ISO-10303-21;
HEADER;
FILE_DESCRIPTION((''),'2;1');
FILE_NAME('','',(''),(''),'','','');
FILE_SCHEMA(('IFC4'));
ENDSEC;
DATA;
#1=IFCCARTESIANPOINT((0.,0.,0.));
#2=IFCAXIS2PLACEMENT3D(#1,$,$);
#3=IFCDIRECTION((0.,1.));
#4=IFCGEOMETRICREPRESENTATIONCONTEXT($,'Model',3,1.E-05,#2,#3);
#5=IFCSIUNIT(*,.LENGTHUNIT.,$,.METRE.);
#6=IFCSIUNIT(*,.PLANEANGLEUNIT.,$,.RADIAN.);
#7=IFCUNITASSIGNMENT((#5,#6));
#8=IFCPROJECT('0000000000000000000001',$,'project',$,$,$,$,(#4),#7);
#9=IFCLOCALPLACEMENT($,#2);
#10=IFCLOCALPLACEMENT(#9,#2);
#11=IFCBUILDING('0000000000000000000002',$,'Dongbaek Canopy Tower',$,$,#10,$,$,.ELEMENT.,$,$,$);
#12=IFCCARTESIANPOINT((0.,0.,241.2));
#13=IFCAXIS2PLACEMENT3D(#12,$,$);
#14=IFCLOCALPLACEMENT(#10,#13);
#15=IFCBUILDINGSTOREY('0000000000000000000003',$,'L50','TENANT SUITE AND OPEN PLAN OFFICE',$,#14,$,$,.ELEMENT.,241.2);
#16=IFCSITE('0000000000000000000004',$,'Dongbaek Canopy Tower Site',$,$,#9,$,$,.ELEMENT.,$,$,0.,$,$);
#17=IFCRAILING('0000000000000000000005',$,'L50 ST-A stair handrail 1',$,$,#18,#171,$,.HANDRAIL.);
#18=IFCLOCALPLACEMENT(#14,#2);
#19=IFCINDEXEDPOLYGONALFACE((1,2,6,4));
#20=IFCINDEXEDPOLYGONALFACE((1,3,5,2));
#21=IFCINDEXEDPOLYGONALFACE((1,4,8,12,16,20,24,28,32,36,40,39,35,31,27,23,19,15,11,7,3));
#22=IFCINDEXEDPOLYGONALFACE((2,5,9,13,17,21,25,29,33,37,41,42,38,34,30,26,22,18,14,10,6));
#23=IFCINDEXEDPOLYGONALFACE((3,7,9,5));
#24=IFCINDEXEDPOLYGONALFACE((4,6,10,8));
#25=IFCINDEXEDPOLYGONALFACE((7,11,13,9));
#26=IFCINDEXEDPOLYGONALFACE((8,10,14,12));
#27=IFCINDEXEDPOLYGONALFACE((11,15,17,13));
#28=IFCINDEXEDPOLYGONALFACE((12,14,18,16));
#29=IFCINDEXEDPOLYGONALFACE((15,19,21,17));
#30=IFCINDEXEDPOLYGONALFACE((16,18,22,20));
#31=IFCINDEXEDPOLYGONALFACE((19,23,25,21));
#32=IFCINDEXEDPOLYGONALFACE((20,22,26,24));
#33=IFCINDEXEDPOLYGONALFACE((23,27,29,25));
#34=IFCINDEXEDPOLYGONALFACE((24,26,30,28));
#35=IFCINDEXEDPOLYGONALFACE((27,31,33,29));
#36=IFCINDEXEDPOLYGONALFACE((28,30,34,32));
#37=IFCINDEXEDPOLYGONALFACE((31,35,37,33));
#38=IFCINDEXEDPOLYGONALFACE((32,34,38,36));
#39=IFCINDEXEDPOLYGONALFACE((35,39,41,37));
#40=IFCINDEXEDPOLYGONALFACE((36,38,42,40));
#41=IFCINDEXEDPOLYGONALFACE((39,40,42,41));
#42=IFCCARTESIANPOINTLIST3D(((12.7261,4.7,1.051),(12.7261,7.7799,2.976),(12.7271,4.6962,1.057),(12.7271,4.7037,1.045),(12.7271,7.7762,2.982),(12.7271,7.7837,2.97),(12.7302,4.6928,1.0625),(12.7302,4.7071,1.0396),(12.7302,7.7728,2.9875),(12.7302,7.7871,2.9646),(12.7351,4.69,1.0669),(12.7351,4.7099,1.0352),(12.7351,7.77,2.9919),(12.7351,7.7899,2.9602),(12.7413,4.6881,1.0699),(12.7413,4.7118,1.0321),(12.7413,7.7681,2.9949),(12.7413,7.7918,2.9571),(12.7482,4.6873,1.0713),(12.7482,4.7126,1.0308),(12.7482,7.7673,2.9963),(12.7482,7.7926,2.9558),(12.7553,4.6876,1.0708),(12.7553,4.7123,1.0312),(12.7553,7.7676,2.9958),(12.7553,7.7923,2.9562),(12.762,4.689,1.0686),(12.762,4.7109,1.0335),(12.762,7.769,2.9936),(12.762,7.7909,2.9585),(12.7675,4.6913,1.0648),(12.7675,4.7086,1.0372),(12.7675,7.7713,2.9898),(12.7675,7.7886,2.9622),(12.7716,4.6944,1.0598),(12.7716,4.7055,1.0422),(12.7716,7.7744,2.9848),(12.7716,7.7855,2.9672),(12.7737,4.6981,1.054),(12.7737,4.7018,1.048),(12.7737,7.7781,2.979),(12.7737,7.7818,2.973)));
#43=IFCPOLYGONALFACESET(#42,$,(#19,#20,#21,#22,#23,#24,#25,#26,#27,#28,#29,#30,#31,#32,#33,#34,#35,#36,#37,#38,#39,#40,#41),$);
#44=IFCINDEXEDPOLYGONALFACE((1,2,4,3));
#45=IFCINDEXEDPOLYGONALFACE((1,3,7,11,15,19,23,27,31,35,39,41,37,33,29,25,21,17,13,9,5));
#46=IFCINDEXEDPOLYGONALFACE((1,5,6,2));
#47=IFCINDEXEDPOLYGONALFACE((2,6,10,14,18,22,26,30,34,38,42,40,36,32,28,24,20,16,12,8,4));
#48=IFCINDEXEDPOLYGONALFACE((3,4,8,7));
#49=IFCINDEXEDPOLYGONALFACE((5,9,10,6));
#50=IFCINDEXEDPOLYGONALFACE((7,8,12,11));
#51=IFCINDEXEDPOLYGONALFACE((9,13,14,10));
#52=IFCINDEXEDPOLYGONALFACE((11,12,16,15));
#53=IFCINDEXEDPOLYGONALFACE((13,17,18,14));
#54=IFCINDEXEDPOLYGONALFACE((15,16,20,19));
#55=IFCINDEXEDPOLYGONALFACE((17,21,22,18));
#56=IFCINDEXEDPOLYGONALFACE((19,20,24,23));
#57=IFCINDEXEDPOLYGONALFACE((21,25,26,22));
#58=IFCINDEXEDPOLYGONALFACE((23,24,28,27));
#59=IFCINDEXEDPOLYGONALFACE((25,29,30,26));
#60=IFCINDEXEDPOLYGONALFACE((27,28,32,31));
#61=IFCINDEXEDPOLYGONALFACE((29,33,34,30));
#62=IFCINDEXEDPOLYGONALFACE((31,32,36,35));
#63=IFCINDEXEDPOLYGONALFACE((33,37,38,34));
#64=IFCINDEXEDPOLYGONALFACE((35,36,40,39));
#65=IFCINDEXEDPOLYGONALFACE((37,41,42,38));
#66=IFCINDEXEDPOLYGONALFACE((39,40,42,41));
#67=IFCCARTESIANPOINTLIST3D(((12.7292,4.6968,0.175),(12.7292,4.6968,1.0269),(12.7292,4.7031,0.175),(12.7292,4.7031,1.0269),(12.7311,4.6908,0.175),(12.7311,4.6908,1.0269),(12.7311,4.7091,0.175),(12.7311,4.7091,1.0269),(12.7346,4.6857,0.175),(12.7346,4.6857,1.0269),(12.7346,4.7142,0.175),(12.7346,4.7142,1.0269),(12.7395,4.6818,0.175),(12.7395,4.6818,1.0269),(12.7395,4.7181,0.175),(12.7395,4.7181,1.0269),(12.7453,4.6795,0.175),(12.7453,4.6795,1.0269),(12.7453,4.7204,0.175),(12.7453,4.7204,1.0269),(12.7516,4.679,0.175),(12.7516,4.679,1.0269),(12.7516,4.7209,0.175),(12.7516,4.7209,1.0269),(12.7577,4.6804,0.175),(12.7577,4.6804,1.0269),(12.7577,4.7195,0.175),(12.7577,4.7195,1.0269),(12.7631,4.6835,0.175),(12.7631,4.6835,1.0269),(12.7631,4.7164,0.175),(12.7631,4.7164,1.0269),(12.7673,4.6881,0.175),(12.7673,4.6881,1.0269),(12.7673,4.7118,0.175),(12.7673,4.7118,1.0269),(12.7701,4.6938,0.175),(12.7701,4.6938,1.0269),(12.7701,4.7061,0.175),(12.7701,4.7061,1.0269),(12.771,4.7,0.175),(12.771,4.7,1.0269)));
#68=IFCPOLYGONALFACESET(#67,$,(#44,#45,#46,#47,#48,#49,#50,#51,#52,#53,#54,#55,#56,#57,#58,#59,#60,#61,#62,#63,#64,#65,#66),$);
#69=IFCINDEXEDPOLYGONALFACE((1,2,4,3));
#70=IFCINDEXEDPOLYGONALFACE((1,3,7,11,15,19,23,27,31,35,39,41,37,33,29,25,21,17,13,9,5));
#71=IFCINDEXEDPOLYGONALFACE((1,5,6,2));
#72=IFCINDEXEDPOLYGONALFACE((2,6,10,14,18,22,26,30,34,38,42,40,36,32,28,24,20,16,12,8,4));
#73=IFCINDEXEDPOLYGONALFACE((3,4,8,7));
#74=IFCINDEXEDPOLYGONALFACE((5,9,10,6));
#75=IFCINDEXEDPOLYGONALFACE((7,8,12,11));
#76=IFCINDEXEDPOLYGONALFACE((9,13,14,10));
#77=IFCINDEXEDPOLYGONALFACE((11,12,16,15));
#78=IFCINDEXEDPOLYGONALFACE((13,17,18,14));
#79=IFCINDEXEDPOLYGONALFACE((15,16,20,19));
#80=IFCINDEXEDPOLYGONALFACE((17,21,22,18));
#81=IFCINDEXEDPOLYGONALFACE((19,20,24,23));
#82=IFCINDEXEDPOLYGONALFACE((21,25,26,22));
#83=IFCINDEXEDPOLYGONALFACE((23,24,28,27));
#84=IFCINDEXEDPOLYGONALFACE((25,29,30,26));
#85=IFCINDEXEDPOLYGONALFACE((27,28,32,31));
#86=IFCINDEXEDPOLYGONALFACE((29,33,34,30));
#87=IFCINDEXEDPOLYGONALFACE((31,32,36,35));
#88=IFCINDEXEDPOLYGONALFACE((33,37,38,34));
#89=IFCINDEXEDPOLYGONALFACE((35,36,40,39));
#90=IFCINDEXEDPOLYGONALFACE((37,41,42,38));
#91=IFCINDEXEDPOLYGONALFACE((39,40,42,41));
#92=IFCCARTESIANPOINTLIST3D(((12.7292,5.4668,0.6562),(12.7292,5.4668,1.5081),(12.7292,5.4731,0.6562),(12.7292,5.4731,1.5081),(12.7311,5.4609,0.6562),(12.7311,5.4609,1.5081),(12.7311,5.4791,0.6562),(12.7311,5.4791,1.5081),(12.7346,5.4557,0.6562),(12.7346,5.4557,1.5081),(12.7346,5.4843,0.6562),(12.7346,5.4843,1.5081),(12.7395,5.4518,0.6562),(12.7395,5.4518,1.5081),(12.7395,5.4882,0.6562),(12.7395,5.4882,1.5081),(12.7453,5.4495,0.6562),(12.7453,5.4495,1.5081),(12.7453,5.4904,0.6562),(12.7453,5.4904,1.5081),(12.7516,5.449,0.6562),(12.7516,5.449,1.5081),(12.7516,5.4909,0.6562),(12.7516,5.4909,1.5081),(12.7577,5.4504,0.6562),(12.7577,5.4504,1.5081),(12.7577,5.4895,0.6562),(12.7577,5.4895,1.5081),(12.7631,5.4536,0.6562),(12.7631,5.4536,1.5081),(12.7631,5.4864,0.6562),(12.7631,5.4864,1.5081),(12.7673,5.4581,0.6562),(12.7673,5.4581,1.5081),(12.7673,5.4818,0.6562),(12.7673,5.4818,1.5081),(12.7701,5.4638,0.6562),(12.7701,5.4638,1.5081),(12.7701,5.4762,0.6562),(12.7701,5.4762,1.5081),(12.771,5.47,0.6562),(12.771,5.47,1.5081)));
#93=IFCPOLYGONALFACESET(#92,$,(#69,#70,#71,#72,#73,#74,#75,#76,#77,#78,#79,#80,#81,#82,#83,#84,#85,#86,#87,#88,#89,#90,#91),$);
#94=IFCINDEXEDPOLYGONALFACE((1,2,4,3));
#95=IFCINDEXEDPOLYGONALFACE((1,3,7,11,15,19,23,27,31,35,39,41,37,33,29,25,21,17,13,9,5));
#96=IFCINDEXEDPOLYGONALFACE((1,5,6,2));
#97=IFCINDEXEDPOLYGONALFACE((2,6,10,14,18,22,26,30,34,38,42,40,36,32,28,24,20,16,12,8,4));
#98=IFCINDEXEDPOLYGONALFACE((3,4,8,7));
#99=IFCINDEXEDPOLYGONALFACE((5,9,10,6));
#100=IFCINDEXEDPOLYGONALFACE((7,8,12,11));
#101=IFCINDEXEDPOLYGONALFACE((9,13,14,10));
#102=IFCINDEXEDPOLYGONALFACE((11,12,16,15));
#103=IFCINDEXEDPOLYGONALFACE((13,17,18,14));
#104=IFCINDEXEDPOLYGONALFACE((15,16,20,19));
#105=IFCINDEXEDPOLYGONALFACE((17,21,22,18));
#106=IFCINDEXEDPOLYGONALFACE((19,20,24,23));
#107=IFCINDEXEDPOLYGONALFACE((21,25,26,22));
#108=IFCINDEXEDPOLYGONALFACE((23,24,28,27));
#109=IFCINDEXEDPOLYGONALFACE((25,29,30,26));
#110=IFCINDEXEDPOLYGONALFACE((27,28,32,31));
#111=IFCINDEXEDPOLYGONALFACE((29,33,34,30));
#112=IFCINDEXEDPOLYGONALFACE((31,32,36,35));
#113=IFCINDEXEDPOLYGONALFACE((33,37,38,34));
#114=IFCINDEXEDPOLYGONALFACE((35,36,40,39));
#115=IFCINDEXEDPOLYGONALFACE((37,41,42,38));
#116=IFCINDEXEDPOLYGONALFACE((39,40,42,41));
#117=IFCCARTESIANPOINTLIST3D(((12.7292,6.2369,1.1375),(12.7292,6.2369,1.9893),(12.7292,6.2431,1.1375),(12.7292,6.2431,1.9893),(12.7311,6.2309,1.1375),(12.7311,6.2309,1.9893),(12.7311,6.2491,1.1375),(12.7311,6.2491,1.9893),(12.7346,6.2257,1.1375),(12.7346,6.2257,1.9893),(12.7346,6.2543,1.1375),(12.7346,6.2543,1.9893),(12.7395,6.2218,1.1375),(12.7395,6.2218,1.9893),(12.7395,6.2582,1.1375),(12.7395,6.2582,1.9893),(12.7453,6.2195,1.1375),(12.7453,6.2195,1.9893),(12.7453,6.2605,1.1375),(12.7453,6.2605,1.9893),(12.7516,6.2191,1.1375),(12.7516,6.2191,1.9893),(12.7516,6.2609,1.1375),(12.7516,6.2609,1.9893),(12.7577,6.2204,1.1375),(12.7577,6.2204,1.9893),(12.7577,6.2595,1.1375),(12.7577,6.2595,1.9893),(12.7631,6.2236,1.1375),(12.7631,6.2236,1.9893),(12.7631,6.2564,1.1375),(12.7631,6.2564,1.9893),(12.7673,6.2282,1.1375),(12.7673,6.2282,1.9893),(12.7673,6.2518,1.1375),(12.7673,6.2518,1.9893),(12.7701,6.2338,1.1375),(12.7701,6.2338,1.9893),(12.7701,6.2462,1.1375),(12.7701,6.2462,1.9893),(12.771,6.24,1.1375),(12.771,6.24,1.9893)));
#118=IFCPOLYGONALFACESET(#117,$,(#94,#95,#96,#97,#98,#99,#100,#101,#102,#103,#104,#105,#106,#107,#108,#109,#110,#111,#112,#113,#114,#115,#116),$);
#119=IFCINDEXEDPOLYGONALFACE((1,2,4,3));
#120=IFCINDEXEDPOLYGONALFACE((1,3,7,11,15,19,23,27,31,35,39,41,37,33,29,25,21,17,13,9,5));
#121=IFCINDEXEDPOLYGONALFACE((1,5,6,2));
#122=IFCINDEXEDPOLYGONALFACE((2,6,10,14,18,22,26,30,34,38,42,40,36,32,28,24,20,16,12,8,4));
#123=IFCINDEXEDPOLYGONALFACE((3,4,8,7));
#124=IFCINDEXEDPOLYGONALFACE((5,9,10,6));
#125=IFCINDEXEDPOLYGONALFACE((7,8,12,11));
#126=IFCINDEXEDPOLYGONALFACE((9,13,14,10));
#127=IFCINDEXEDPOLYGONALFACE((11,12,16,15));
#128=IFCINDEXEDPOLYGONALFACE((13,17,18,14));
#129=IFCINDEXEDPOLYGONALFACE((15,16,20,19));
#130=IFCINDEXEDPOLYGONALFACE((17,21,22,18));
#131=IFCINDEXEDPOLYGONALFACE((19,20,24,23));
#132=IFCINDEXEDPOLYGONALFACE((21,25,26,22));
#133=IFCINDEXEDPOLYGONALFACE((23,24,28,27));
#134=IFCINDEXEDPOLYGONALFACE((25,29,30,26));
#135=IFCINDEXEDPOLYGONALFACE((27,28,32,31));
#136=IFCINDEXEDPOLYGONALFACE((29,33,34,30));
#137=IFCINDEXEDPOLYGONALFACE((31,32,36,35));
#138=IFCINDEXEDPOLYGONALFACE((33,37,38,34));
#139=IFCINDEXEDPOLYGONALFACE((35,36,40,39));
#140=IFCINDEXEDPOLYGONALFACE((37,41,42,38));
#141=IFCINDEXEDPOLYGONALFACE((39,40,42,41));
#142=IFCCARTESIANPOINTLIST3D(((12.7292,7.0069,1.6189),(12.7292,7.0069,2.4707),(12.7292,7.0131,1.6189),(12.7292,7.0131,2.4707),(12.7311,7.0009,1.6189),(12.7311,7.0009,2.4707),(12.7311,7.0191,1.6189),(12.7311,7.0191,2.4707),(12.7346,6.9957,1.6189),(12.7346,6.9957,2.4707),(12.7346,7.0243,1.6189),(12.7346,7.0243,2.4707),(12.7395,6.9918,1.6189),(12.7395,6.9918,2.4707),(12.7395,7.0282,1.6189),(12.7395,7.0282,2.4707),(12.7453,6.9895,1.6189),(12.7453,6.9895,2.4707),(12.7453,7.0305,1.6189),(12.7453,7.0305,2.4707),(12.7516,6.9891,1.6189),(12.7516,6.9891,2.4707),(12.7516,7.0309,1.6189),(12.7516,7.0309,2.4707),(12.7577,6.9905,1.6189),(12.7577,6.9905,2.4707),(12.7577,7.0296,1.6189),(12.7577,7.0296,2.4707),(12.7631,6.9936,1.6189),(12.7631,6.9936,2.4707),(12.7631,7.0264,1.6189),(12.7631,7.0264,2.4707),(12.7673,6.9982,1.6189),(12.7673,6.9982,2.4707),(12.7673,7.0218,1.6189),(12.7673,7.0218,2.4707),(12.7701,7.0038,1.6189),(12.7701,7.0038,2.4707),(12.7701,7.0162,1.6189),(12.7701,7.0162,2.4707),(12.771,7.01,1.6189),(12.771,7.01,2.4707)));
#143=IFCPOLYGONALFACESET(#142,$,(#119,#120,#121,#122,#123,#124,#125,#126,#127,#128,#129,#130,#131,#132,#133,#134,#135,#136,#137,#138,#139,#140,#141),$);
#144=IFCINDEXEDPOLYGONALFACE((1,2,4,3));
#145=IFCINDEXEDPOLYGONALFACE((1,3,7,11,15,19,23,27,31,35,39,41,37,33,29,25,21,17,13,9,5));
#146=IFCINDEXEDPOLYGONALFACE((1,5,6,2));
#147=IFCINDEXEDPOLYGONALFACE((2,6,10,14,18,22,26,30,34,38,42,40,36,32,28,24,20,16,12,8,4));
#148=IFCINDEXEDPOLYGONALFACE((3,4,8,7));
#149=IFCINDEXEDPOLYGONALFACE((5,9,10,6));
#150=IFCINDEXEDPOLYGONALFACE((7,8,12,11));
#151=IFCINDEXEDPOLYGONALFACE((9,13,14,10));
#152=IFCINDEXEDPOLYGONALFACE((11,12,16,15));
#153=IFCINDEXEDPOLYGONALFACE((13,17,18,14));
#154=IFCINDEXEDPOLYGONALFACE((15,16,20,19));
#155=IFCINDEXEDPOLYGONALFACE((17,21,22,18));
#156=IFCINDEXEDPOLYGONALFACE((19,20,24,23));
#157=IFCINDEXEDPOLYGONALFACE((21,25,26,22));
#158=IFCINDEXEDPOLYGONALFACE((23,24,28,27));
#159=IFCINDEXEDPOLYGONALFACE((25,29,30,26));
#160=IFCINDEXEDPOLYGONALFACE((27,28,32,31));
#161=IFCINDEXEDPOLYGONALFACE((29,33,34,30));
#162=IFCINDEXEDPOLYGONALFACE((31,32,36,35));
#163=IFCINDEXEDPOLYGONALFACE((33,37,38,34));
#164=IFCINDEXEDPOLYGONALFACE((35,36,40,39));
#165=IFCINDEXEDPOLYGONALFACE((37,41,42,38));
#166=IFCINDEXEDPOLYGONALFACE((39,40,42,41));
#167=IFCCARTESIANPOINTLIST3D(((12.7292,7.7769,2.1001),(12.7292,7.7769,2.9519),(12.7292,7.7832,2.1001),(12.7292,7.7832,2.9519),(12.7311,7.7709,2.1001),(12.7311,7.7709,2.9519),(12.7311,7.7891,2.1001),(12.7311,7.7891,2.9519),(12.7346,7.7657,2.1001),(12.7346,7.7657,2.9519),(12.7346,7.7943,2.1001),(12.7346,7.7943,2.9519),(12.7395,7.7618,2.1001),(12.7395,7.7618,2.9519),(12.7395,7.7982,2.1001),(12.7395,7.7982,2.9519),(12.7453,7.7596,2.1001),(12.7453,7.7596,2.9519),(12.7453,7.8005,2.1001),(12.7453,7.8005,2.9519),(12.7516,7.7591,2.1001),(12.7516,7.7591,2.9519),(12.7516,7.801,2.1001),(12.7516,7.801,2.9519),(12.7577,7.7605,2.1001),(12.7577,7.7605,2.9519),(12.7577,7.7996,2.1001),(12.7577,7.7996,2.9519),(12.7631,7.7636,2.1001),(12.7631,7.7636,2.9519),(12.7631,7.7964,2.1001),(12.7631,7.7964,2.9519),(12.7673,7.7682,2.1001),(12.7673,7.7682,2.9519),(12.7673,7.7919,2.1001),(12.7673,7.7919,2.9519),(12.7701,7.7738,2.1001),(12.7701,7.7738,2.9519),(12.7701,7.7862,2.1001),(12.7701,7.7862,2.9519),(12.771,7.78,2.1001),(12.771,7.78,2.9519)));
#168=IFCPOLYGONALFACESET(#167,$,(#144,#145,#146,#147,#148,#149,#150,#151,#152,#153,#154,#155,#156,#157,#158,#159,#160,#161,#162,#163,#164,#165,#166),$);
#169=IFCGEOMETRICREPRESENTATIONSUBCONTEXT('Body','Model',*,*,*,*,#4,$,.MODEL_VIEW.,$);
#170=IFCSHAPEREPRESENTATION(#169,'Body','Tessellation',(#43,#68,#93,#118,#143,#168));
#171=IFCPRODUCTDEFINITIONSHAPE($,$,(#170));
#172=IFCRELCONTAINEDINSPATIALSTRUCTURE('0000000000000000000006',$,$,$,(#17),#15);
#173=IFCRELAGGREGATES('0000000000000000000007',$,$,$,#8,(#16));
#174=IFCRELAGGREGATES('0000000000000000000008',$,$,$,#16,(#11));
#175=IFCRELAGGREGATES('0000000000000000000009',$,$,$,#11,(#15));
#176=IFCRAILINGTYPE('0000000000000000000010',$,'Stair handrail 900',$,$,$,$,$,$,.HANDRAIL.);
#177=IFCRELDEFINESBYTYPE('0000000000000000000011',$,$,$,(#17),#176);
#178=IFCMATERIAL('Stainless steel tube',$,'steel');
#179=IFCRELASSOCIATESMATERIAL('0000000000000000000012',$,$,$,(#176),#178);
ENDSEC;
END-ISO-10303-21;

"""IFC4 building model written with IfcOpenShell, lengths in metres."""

from ifc_helpers import new_model, si_unit, direction, frame, origin, origin_2d, place, context, subcontext, project, spatial, circle, extrude, material, type_object, element, save


model = new_model("IFC4")

# Units and contexts
model_context = context("Model", 3, precision=1e-05, world=origin(), true_north=direction((0.0, 1.0)))
body_context = subcontext(model_context, "Body", "Model", "MODEL_VIEW")
ifc_project = project(units=[si_unit("LENGTHUNIT", "METRE"), si_unit("PLANEANGLEUNIT", "RADIAN")], contexts=[model_context])

# Site, building, storey
site_placement = place(None, origin())
site = spatial("IfcSite", under=ifc_project, at=site_placement, Name="Dongbaek Canopy Tower Site", CompositionType="ELEMENT", RefElevation=0.0)
building_placement = place(site_placement, origin())
building = spatial("IfcBuilding", under=site, at=building_placement, Name="Dongbaek Canopy Tower", CompositionType="ELEMENT")
storey_placement = place(building_placement, frame((0.0, 0.0, 241.2)))
storey = spatial("IfcBuildingStorey", under=building, at=storey_placement, Name="L50", Description="TENANT SUITE AND OPEN PLAN OFFICE", CompositionType="ELEMENT", Elevation=241.2)

# Railing
ifc_material_1 = material(Name="Stainless steel tube", Category="steel")
railing_type_1 = type_object("IfcRailingType", Name="Stair handrail 900", PredefinedType="HANDRAIL", material=ifc_material_1)
railing_1_placement = place(storey_placement, frame((12.75, 4.7, 0.175)))
element("IfcRailing", 1, at=railing_1_placement, inside=storey, type_object=railing_type_1, Name="L50 ST-A stair handrail 1", PredefinedType="HANDRAIL", context=body_context, shape_type="SweptSolid", body=[
    extrude(circle(Radius=0.0239, at=origin_2d()), frame((0.0, 0.0, 0.876), z_axis=(0.0, 0.847998, 0.529999), x_axis=(-1.0, 0.0, 0.0)), (0.0, 0.0, 1.0), 3.6321),
    extrude(circle(Radius=0.021, at=origin_2d()), origin(), (0.0, 0.0, 1.0), 0.8518),
    extrude(circle(Radius=0.021, at=origin_2d()), frame((0.0, 0.77, 0.4812)), (0.0, 0.0, 1.0), 0.8518),
    extrude(circle(Radius=0.021, at=origin_2d()), frame((0.0, 1.54, 0.9624)), (0.0, 0.0, 1.0), 0.8518),
    extrude(circle(Radius=0.021, at=origin_2d()), frame((0.0, 2.3101, 1.4438)), (0.0, 0.0, 1.0), 0.8518),
    extrude(circle(Radius=0.021, at=origin_2d()), frame((0.0, 3.0801, 1.925)), (0.0, 0.0, 1.0), 0.8518),
])

save(model, "model.ifc")
